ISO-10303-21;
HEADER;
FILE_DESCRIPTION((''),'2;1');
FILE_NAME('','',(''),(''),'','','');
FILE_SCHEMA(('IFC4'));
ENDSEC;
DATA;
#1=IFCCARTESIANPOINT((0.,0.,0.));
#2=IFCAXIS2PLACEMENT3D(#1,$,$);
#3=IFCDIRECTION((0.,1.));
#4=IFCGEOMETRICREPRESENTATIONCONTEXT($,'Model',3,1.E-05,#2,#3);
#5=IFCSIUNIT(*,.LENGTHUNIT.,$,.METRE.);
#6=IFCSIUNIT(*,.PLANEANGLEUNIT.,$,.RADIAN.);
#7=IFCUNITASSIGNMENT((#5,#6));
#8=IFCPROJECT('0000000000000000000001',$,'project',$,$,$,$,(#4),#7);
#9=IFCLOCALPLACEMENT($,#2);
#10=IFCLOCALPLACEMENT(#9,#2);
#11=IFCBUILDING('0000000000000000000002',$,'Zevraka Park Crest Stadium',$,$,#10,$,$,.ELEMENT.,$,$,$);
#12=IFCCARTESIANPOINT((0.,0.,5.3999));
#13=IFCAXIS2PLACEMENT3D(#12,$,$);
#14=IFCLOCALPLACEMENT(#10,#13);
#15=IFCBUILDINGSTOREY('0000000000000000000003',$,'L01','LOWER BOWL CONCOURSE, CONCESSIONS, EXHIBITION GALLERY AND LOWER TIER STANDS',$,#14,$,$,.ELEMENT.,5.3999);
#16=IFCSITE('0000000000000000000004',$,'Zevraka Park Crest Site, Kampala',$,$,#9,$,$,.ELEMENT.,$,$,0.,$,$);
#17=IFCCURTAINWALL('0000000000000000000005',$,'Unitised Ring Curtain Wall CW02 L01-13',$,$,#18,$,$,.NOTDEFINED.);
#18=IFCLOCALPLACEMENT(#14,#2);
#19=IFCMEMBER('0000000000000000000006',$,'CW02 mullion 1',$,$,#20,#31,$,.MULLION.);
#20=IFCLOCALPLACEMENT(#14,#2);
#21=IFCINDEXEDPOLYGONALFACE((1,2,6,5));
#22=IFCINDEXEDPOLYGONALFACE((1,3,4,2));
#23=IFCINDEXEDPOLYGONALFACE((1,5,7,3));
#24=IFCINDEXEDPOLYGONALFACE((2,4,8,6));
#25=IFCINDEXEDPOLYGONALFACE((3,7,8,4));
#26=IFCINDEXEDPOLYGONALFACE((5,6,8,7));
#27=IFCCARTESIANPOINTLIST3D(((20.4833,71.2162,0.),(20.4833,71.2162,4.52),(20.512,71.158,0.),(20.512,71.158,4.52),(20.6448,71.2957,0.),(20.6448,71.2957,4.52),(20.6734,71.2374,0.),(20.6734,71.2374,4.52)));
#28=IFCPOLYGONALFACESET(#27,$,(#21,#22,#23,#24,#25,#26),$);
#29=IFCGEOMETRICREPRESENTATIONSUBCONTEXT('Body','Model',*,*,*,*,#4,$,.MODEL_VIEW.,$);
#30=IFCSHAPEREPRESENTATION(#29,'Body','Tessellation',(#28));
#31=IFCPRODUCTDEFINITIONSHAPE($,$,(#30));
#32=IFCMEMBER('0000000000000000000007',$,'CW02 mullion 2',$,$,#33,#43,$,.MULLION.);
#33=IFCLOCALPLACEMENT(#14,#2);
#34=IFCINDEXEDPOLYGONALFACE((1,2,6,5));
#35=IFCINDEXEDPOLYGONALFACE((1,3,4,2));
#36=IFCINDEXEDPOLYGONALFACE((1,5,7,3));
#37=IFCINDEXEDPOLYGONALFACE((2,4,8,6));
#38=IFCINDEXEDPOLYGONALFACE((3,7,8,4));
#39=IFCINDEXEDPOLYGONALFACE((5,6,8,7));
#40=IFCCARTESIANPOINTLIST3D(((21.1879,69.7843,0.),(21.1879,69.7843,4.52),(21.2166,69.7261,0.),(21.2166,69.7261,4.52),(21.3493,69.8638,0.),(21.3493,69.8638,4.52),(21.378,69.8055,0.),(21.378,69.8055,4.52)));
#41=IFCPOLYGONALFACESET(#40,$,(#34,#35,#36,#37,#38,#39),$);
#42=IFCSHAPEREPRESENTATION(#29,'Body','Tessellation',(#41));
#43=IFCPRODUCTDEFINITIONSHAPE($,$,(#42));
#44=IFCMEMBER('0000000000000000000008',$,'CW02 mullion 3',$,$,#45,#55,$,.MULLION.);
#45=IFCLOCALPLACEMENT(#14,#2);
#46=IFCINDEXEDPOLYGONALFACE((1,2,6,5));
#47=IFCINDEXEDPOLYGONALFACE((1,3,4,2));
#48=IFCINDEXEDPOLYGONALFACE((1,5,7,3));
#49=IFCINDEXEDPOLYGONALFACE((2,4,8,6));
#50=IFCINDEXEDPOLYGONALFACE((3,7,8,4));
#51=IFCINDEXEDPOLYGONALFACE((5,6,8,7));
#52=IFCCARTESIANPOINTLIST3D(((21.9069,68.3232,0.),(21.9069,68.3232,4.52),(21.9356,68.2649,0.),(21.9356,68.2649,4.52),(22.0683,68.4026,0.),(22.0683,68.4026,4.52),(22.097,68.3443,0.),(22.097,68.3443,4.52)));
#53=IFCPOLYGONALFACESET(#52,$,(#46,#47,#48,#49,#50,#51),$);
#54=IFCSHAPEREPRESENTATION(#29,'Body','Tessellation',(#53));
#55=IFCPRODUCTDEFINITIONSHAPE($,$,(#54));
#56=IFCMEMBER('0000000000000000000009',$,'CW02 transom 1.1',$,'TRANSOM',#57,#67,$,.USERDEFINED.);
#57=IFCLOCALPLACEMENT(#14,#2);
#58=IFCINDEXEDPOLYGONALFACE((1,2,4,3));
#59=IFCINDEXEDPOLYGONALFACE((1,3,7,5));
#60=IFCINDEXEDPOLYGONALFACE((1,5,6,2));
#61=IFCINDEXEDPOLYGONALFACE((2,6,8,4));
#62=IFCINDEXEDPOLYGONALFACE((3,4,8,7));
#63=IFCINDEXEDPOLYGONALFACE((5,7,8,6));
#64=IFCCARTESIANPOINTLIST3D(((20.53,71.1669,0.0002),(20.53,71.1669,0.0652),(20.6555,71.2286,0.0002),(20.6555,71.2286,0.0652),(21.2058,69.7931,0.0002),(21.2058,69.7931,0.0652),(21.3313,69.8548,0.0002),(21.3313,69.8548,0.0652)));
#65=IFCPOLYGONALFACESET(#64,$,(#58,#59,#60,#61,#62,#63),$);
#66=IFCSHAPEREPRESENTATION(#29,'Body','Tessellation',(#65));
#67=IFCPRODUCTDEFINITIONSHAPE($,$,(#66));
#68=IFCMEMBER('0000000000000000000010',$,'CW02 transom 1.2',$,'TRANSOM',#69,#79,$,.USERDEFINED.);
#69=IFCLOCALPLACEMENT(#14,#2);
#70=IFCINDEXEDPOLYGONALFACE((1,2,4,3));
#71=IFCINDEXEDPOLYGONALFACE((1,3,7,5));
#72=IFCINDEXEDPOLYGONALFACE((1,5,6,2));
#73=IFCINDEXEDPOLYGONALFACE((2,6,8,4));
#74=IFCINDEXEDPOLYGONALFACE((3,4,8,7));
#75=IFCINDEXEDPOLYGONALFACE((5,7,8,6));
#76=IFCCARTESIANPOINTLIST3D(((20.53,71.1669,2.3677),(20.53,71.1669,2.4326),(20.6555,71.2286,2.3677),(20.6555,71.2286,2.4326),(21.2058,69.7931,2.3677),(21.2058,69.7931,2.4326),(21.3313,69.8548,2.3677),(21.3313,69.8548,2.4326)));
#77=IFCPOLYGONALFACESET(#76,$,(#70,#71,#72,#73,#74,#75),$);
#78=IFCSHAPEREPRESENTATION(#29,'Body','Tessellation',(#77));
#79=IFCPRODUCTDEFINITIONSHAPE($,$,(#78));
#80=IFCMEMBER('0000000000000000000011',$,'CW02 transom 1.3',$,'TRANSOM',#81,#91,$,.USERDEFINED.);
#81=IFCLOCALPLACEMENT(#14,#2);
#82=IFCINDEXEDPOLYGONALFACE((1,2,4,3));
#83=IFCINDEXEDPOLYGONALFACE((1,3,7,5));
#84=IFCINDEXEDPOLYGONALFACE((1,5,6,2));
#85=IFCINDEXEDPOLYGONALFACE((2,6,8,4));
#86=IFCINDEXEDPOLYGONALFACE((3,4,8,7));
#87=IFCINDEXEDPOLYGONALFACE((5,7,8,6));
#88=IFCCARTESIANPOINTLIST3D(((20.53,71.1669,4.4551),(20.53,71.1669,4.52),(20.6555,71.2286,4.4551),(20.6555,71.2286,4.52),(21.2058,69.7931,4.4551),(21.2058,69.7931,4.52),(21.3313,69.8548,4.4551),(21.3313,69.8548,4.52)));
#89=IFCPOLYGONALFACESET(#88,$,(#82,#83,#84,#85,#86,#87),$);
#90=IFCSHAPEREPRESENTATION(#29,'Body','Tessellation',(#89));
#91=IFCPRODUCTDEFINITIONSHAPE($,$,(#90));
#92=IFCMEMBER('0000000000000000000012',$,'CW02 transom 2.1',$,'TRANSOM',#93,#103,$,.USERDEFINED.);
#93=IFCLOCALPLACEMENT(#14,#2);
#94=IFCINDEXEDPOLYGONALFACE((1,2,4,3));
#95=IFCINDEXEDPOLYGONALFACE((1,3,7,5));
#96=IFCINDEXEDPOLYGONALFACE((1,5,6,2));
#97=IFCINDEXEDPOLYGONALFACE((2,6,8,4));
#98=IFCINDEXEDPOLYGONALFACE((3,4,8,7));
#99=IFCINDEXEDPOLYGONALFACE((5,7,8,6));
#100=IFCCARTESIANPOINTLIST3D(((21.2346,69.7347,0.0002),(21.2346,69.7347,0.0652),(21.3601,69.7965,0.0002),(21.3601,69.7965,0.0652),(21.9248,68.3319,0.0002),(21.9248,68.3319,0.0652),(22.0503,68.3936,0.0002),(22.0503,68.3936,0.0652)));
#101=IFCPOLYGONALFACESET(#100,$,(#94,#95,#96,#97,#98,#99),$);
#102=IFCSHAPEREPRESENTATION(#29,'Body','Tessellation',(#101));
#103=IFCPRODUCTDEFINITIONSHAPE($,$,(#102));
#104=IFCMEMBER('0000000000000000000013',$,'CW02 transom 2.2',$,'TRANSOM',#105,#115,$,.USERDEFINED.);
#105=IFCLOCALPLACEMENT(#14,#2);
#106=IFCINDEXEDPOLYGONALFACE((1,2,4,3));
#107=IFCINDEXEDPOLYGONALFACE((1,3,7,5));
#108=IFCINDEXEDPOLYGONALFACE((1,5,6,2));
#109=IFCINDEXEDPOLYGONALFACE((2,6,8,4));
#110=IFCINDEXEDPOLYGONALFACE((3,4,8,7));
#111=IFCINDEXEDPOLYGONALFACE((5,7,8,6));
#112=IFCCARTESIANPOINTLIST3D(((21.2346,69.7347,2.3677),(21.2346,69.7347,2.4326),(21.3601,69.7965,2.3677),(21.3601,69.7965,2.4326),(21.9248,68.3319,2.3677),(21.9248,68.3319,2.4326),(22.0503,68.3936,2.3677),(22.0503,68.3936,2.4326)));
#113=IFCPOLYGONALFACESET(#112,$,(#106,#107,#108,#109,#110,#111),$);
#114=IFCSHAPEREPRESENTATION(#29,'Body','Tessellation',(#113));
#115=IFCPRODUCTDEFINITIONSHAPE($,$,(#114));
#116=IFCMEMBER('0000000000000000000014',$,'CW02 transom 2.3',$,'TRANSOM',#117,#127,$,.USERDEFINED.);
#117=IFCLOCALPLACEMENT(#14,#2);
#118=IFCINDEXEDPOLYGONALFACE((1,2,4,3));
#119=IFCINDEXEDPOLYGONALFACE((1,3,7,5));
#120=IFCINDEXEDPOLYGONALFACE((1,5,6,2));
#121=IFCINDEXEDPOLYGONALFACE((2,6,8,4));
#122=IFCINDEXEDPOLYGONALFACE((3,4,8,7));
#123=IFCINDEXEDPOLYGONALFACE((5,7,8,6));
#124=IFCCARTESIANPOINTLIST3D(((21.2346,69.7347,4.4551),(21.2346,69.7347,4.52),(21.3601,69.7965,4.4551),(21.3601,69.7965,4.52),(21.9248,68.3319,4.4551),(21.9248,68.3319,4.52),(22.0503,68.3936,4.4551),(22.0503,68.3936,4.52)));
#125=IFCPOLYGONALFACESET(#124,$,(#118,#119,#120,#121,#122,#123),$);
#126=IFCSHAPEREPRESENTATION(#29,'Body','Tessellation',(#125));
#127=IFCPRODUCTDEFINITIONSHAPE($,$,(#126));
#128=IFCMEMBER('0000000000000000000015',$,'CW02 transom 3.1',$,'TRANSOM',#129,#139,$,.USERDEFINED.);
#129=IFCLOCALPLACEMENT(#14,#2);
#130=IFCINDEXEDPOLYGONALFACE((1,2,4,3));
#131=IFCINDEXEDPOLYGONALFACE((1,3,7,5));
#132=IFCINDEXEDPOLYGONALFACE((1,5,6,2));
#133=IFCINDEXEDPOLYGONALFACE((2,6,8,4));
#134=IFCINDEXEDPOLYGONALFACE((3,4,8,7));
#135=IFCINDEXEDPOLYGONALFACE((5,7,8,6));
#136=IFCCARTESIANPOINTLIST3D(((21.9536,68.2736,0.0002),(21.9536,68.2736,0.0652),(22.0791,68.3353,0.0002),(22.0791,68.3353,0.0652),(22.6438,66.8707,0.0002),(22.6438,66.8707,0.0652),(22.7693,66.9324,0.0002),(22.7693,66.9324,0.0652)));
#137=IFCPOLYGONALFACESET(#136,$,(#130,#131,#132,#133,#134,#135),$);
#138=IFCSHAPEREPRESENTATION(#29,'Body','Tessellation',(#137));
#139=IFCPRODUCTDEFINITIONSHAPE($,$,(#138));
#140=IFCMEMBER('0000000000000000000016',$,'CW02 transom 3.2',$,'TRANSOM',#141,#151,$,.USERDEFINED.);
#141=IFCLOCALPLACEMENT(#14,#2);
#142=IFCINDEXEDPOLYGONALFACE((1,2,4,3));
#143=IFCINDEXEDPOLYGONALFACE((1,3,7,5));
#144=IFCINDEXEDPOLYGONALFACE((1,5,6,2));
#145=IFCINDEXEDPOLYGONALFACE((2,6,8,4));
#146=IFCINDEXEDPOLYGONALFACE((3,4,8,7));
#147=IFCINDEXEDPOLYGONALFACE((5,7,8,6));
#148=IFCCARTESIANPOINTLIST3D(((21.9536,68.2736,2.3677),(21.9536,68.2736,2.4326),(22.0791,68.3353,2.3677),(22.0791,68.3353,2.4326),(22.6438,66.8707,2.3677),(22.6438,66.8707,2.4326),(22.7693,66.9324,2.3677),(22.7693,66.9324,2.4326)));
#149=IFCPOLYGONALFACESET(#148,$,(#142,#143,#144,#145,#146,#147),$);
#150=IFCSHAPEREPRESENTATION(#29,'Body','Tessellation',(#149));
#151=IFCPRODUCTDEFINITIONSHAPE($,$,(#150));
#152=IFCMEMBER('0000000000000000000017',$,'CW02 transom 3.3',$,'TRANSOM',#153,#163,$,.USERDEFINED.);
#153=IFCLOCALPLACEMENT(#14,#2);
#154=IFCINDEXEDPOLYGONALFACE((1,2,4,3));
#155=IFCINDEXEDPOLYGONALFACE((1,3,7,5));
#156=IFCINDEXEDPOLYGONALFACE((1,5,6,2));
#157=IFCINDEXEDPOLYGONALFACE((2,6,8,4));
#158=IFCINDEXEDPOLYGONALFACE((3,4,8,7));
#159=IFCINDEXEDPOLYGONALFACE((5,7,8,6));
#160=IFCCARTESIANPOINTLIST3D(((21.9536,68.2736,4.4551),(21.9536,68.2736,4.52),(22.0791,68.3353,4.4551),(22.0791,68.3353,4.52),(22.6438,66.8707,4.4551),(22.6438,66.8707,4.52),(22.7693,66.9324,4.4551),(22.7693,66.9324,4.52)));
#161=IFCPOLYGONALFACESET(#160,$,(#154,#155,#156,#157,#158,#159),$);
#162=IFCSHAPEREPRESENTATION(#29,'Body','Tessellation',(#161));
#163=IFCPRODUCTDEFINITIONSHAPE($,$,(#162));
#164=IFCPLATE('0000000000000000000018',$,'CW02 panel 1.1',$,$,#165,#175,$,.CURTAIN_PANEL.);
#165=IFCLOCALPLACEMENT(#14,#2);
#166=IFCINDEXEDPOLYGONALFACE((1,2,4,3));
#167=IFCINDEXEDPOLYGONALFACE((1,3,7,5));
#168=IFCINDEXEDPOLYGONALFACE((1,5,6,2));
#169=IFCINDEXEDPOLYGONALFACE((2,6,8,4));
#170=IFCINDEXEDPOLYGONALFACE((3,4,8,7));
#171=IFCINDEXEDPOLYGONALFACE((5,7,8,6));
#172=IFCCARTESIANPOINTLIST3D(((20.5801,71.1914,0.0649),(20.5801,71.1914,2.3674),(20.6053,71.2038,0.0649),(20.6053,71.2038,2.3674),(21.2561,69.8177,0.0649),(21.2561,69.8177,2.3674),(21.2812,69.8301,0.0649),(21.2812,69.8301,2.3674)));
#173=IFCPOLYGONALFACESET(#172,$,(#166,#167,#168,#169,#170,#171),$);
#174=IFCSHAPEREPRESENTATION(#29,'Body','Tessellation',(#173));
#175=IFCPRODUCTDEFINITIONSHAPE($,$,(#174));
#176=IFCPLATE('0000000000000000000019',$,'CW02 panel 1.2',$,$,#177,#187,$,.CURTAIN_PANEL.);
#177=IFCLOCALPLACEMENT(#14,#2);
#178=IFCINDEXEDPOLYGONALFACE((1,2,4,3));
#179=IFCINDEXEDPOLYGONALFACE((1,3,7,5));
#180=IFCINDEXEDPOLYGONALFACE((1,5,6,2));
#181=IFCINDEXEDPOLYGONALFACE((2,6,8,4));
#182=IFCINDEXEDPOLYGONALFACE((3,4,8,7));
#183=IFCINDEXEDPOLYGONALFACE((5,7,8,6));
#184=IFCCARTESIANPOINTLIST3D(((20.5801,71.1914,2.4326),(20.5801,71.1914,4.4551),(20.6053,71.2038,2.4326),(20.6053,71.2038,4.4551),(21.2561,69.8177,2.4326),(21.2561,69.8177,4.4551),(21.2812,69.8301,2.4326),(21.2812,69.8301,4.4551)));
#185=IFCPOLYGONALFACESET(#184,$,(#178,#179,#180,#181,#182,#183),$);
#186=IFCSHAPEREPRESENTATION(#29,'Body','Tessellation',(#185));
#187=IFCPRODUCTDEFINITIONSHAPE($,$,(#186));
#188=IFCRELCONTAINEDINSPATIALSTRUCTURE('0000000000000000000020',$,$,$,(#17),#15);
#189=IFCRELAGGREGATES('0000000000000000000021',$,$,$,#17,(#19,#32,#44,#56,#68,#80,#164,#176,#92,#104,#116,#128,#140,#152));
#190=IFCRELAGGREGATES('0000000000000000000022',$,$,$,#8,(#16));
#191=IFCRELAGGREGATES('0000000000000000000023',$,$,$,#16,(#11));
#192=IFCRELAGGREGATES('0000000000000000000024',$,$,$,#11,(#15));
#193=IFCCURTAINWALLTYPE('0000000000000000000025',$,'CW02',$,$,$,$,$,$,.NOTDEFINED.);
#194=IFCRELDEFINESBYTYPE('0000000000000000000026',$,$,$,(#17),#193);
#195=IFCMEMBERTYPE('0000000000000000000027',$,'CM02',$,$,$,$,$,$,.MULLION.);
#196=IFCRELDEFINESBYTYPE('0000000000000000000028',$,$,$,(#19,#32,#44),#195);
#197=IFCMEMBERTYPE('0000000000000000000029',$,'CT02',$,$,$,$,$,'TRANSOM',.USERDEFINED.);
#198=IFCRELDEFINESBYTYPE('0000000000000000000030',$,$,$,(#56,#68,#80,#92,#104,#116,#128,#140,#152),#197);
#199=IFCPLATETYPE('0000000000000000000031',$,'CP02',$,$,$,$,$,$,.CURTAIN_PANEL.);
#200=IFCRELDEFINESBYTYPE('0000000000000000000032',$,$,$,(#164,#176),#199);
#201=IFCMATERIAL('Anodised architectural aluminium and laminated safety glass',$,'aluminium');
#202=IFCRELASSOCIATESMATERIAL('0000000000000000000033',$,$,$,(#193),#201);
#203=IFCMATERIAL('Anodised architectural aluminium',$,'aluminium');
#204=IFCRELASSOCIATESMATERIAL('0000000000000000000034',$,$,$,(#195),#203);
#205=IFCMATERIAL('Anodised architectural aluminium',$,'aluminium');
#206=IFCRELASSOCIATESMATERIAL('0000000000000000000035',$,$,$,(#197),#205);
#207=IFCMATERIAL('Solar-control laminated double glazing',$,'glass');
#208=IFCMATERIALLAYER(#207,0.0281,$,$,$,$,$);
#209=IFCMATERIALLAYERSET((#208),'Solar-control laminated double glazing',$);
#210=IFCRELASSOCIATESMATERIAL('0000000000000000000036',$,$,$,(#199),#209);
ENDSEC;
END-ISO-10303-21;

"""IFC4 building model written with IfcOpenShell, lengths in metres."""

from ifc_helpers import new_model, si_unit, direction, frame, origin, origin_2d, place, context, subcontext, project, spatial, rectangle, extrude, material, layer, layer_set, material_profile, profile_set, type_object, element, aggregate, save


model = new_model("IFC4")

# Units and contexts
model_context = context("Model", 3, precision=1e-05, world=origin(), true_north=direction((0.0, 1.0)))
body_context = subcontext(model_context, "Body", "Model", "MODEL_VIEW")
ifc_project = project(units=[si_unit("LENGTHUNIT", "METRE"), si_unit("PLANEANGLEUNIT", "RADIAN")], contexts=[model_context])

# Site, building, storey
site_placement = place(None, origin())
site = spatial("IfcSite", under=ifc_project, at=site_placement, Name="Zevraka Park Crest Site, Kampala", CompositionType="ELEMENT", RefElevation=0.0)
building_placement = place(site_placement, origin())
building = spatial("IfcBuilding", under=site, at=building_placement, Name="Zevraka Park Crest Stadium", CompositionType="ELEMENT")
storey_placement = place(building_placement, frame((0.0, 0.0, 5.3999)))
storey = spatial("IfcBuildingStorey", under=building, at=storey_placement, Name="L01", Description="LOWER BOWL CONCOURSE, CONCESSIONS, EXHIBITION GALLERY AND LOWER TIER STANDS", CompositionType="ELEMENT", Elevation=5.3999)

# Curtain wall, members, plates
ifc_material_1 = material(Name="Anodised architectural aluminium and laminated safety glass", Category="aluminium")
curtain_wall_type = type_object("IfcCurtainWallType", Name="CW02", PredefinedType="NOTDEFINED", material=ifc_material_1)
curtain_wall_placement = place(storey_placement, origin())
curtain_wall = element("IfcCurtainWall", 1, at=curtain_wall_placement, inside=storey, type_object=curtain_wall_type, Name="Unitised Ring Curtain Wall CW02 L01-13", PredefinedType="NOTDEFINED")
ifc_material_2 = material(Name="Anodised architectural aluminium", Category="aluminium")
ifc_material_profile_1 = material_profile(ifc_material_2, rectangle(XDim=0.1799, YDim=0.0649, at=origin_2d()), Name="ALU MULLION 180x65")
ifc_profile_set_1 = profile_set([ifc_material_profile_1], Name="Anodised architectural aluminium")
member_type_1 = type_object("IfcMemberType", Name="CM02", PredefinedType="MULLION", material=ifc_profile_set_1)
member_1_placement = place(storey_placement, frame((20.5784, 71.2268, 0.0), z_axis=(0.0, 0.0, 1.0), x_axis=(0.897253, 0.441517, 0.0)))
member_1 = element("IfcMember", 2, at=member_1_placement, type_object=member_type_1, Name="CW02 mullion 1", PredefinedType="MULLION", context=body_context, shape_type="SweptSolid", body=[
    extrude(rectangle(XDim=0.1799, YDim=0.0649, at=origin_2d()), origin(), (0.0, 0.0, 1.0), 4.52),
])
member_2_placement = place(storey_placement, frame((21.283, 69.7949, 0.0), z_axis=(0.0, 0.0, 1.0), x_axis=(0.897253, 0.441517, 0.0)))
member_2 = element("IfcMember", 3, at=member_2_placement, type_object=member_type_1, Name="CW02 mullion 2", PredefinedType="MULLION", context=body_context, shape_type="SweptSolid", body=[
    extrude(rectangle(XDim=0.1799, YDim=0.0649, at=origin_2d()), origin(), (0.0, 0.0, 1.0), 4.52),
])
member_3_placement = place(storey_placement, frame((22.002, 68.3337, 0.0), z_axis=(0.0, 0.0, 1.0), x_axis=(0.897253, 0.441517, 0.0)))
member_3 = element("IfcMember", 4, at=member_3_placement, type_object=member_type_1, Name="CW02 mullion 3", PredefinedType="MULLION", context=body_context, shape_type="SweptSolid", body=[
    extrude(rectangle(XDim=0.1799, YDim=0.0649, at=origin_2d()), origin(), (0.0, 0.0, 1.0), 4.52),
])
ifc_material_3 = material(Name="Anodised architectural aluminium", Category="aluminium")
ifc_material_profile_2 = material_profile(ifc_material_3, rectangle(XDim=0.1399, YDim=0.0649, at=origin_2d()), Name="ALU TRANSOM 140x65")
ifc_profile_set_2 = profile_set([ifc_material_profile_2], Name="Anodised architectural aluminium")
member_type_2 = type_object("IfcMemberType", Name="CT02", ElementType="TRANSOM", PredefinedType="USERDEFINED", material=ifc_profile_set_2)
member_4_placement = place(storey_placement, frame((20.5928, 71.1978, 0.0327), z_axis=(0.4414, -0.897311, 0.0), x_axis=(0.897311, 0.4414, 0.0)))
member_4 = element("IfcMember", 5, at=member_4_placement, type_object=member_type_2, Name="CW02 transom 1.1", ObjectType="TRANSOM", PredefinedType="USERDEFINED", context=body_context, shape_type="SweptSolid", body=[
    extrude(rectangle(XDim=0.1399, YDim=0.0649, at=origin_2d()), origin(), (0.0, 0.0, 1.0), 1.531),
])
member_5_placement = place(storey_placement, frame((20.5928, 71.1978, 2.4001), z_axis=(0.4414, -0.897311, 0.0), x_axis=(0.897311, 0.4414, 0.0)))
member_5 = element("IfcMember", 6, at=member_5_placement, type_object=member_type_2, Name="CW02 transom 1.2", ObjectType="TRANSOM", PredefinedType="USERDEFINED", context=body_context, shape_type="SweptSolid", body=[
    extrude(rectangle(XDim=0.1399, YDim=0.0649, at=origin_2d()), origin(), (0.0, 0.0, 1.0), 1.531),
])
member_6_placement = place(storey_placement, frame((20.5928, 71.1978, 4.4875), z_axis=(0.4414, -0.897311, 0.0), x_axis=(0.897311, 0.4414, 0.0)))
member_6 = element("IfcMember", 7, at=member_6_placement, type_object=member_type_2, Name="CW02 transom 1.3", ObjectType="TRANSOM", PredefinedType="USERDEFINED", context=body_context, shape_type="SweptSolid", body=[
    extrude(rectangle(XDim=0.1399, YDim=0.0649, at=origin_2d()), origin(), (0.0, 0.0, 1.0), 1.531),
])
member_7_placement = place(storey_placement, frame((21.2974, 69.7656, 0.0327), z_axis=(0.441458, -0.897282, 0.0), x_axis=(0.897282, 0.441458, 0.0)))
member_7 = element("IfcMember", 8, at=member_7_placement, type_object=member_type_2, Name="CW02 transom 2.1", ObjectType="TRANSOM", PredefinedType="USERDEFINED", context=body_context, shape_type="SweptSolid", body=[
    extrude(rectangle(XDim=0.1399, YDim=0.0649, at=origin_2d()), origin(), (0.0, 0.0, 1.0), 1.5635),
])
member_8_placement = place(storey_placement, frame((21.2974, 69.7656, 2.4001), z_axis=(0.441458, -0.897282, 0.0), x_axis=(0.897282, 0.441458, 0.0)))
member_8 = element("IfcMember", 9, at=member_8_placement, type_object=member_type_2, Name="CW02 transom 2.2", ObjectType="TRANSOM", PredefinedType="USERDEFINED", context=body_context, shape_type="SweptSolid", body=[
    extrude(rectangle(XDim=0.1399, YDim=0.0649, at=origin_2d()), origin(), (0.0, 0.0, 1.0), 1.5635),
])
member_9_placement = place(storey_placement, frame((21.2974, 69.7656, 4.4875), z_axis=(0.441458, -0.897282, 0.0), x_axis=(0.897282, 0.441458, 0.0)))
member_9 = element("IfcMember", 10, at=member_9_placement, type_object=member_type_2, Name="CW02 transom 2.3", ObjectType="TRANSOM", PredefinedType="USERDEFINED", context=body_context, shape_type="SweptSolid", body=[
    extrude(rectangle(XDim=0.1399, YDim=0.0649, at=origin_2d()), origin(), (0.0, 0.0, 1.0), 1.5635),
])
member_10_placement = place(storey_placement, frame((22.0164, 68.3044, 0.0327), z_axis=(0.441458, -0.897282, 0.0), x_axis=(0.897282, 0.441458, 0.0)))
member_10 = element("IfcMember", 11, at=member_10_placement, type_object=member_type_2, Name="CW02 transom 3.1", ObjectType="TRANSOM", PredefinedType="USERDEFINED", context=body_context, shape_type="SweptSolid", body=[
    extrude(rectangle(XDim=0.1399, YDim=0.0649, at=origin_2d()), origin(), (0.0, 0.0, 1.0), 1.5635),
])
member_11_placement = place(storey_placement, frame((22.0164, 68.3044, 2.4001), z_axis=(0.441458, -0.897282, 0.0), x_axis=(0.897282, 0.441458, 0.0)))
member_11 = element("IfcMember", 12, at=member_11_placement, type_object=member_type_2, Name="CW02 transom 3.2", ObjectType="TRANSOM", PredefinedType="USERDEFINED", context=body_context, shape_type="SweptSolid", body=[
    extrude(rectangle(XDim=0.1399, YDim=0.0649, at=origin_2d()), origin(), (0.0, 0.0, 1.0), 1.5635),
])
member_12_placement = place(storey_placement, frame((22.0164, 68.3044, 4.4875), z_axis=(0.441458, -0.897282, 0.0), x_axis=(0.897282, 0.441458, 0.0)))
member_12 = element("IfcMember", 13, at=member_12_placement, type_object=member_type_2, Name="CW02 transom 3.3", ObjectType="TRANSOM", PredefinedType="USERDEFINED", context=body_context, shape_type="SweptSolid", body=[
    extrude(rectangle(XDim=0.1399, YDim=0.0649, at=origin_2d()), origin(), (0.0, 0.0, 1.0), 1.5635),
])
ifc_material_4 = material(Name="Solar-control laminated double glazing", Category="glass")
ifc_layer_1 = layer(ifc_material_4, 0.0281)
ifc_layer_set_1 = layer_set([ifc_layer_1], Name="Solar-control laminated double glazing")
plate_type = type_object("IfcPlateType", Name="CP02", PredefinedType="CURTAIN_PANEL", material=ifc_layer_set_1)
plate_1_placement = place(storey_placement, frame((20.9307, 70.5107, 0.0649), z_axis=(0.0, 0.0, 1.0), x_axis=(0.441517, -0.897253, 0.0)))
plate_1 = element("IfcPlate", 14, at=plate_1_placement, type_object=plate_type, Name="CW02 panel 1.1", PredefinedType="CURTAIN_PANEL", context=body_context, shape_type="SweptSolid", body=[
    extrude(rectangle(XDim=1.531, YDim=0.0281, at=origin_2d()), origin(), (0.0, 0.0, 1.0), 2.3025),
])
plate_2_placement = place(storey_placement, frame((20.9307, 70.5107, 2.4326), z_axis=(0.0, 0.0, 1.0), x_axis=(0.441517, -0.897253, 0.0)))
plate_2 = element("IfcPlate", 15, at=plate_2_placement, type_object=plate_type, Name="CW02 panel 1.2", PredefinedType="CURTAIN_PANEL", context=body_context, shape_type="SweptSolid", body=[
    extrude(rectangle(XDim=1.531, YDim=0.0281, at=origin_2d()), origin(), (0.0, 0.0, 1.0), 2.0225),
])
aggregate(curtain_wall, [member_1, member_2, member_3, member_4, member_5, member_6, plate_1, plate_2, member_7, member_8, member_9, member_10, member_11, member_12])

save(model, "model.ifc")
